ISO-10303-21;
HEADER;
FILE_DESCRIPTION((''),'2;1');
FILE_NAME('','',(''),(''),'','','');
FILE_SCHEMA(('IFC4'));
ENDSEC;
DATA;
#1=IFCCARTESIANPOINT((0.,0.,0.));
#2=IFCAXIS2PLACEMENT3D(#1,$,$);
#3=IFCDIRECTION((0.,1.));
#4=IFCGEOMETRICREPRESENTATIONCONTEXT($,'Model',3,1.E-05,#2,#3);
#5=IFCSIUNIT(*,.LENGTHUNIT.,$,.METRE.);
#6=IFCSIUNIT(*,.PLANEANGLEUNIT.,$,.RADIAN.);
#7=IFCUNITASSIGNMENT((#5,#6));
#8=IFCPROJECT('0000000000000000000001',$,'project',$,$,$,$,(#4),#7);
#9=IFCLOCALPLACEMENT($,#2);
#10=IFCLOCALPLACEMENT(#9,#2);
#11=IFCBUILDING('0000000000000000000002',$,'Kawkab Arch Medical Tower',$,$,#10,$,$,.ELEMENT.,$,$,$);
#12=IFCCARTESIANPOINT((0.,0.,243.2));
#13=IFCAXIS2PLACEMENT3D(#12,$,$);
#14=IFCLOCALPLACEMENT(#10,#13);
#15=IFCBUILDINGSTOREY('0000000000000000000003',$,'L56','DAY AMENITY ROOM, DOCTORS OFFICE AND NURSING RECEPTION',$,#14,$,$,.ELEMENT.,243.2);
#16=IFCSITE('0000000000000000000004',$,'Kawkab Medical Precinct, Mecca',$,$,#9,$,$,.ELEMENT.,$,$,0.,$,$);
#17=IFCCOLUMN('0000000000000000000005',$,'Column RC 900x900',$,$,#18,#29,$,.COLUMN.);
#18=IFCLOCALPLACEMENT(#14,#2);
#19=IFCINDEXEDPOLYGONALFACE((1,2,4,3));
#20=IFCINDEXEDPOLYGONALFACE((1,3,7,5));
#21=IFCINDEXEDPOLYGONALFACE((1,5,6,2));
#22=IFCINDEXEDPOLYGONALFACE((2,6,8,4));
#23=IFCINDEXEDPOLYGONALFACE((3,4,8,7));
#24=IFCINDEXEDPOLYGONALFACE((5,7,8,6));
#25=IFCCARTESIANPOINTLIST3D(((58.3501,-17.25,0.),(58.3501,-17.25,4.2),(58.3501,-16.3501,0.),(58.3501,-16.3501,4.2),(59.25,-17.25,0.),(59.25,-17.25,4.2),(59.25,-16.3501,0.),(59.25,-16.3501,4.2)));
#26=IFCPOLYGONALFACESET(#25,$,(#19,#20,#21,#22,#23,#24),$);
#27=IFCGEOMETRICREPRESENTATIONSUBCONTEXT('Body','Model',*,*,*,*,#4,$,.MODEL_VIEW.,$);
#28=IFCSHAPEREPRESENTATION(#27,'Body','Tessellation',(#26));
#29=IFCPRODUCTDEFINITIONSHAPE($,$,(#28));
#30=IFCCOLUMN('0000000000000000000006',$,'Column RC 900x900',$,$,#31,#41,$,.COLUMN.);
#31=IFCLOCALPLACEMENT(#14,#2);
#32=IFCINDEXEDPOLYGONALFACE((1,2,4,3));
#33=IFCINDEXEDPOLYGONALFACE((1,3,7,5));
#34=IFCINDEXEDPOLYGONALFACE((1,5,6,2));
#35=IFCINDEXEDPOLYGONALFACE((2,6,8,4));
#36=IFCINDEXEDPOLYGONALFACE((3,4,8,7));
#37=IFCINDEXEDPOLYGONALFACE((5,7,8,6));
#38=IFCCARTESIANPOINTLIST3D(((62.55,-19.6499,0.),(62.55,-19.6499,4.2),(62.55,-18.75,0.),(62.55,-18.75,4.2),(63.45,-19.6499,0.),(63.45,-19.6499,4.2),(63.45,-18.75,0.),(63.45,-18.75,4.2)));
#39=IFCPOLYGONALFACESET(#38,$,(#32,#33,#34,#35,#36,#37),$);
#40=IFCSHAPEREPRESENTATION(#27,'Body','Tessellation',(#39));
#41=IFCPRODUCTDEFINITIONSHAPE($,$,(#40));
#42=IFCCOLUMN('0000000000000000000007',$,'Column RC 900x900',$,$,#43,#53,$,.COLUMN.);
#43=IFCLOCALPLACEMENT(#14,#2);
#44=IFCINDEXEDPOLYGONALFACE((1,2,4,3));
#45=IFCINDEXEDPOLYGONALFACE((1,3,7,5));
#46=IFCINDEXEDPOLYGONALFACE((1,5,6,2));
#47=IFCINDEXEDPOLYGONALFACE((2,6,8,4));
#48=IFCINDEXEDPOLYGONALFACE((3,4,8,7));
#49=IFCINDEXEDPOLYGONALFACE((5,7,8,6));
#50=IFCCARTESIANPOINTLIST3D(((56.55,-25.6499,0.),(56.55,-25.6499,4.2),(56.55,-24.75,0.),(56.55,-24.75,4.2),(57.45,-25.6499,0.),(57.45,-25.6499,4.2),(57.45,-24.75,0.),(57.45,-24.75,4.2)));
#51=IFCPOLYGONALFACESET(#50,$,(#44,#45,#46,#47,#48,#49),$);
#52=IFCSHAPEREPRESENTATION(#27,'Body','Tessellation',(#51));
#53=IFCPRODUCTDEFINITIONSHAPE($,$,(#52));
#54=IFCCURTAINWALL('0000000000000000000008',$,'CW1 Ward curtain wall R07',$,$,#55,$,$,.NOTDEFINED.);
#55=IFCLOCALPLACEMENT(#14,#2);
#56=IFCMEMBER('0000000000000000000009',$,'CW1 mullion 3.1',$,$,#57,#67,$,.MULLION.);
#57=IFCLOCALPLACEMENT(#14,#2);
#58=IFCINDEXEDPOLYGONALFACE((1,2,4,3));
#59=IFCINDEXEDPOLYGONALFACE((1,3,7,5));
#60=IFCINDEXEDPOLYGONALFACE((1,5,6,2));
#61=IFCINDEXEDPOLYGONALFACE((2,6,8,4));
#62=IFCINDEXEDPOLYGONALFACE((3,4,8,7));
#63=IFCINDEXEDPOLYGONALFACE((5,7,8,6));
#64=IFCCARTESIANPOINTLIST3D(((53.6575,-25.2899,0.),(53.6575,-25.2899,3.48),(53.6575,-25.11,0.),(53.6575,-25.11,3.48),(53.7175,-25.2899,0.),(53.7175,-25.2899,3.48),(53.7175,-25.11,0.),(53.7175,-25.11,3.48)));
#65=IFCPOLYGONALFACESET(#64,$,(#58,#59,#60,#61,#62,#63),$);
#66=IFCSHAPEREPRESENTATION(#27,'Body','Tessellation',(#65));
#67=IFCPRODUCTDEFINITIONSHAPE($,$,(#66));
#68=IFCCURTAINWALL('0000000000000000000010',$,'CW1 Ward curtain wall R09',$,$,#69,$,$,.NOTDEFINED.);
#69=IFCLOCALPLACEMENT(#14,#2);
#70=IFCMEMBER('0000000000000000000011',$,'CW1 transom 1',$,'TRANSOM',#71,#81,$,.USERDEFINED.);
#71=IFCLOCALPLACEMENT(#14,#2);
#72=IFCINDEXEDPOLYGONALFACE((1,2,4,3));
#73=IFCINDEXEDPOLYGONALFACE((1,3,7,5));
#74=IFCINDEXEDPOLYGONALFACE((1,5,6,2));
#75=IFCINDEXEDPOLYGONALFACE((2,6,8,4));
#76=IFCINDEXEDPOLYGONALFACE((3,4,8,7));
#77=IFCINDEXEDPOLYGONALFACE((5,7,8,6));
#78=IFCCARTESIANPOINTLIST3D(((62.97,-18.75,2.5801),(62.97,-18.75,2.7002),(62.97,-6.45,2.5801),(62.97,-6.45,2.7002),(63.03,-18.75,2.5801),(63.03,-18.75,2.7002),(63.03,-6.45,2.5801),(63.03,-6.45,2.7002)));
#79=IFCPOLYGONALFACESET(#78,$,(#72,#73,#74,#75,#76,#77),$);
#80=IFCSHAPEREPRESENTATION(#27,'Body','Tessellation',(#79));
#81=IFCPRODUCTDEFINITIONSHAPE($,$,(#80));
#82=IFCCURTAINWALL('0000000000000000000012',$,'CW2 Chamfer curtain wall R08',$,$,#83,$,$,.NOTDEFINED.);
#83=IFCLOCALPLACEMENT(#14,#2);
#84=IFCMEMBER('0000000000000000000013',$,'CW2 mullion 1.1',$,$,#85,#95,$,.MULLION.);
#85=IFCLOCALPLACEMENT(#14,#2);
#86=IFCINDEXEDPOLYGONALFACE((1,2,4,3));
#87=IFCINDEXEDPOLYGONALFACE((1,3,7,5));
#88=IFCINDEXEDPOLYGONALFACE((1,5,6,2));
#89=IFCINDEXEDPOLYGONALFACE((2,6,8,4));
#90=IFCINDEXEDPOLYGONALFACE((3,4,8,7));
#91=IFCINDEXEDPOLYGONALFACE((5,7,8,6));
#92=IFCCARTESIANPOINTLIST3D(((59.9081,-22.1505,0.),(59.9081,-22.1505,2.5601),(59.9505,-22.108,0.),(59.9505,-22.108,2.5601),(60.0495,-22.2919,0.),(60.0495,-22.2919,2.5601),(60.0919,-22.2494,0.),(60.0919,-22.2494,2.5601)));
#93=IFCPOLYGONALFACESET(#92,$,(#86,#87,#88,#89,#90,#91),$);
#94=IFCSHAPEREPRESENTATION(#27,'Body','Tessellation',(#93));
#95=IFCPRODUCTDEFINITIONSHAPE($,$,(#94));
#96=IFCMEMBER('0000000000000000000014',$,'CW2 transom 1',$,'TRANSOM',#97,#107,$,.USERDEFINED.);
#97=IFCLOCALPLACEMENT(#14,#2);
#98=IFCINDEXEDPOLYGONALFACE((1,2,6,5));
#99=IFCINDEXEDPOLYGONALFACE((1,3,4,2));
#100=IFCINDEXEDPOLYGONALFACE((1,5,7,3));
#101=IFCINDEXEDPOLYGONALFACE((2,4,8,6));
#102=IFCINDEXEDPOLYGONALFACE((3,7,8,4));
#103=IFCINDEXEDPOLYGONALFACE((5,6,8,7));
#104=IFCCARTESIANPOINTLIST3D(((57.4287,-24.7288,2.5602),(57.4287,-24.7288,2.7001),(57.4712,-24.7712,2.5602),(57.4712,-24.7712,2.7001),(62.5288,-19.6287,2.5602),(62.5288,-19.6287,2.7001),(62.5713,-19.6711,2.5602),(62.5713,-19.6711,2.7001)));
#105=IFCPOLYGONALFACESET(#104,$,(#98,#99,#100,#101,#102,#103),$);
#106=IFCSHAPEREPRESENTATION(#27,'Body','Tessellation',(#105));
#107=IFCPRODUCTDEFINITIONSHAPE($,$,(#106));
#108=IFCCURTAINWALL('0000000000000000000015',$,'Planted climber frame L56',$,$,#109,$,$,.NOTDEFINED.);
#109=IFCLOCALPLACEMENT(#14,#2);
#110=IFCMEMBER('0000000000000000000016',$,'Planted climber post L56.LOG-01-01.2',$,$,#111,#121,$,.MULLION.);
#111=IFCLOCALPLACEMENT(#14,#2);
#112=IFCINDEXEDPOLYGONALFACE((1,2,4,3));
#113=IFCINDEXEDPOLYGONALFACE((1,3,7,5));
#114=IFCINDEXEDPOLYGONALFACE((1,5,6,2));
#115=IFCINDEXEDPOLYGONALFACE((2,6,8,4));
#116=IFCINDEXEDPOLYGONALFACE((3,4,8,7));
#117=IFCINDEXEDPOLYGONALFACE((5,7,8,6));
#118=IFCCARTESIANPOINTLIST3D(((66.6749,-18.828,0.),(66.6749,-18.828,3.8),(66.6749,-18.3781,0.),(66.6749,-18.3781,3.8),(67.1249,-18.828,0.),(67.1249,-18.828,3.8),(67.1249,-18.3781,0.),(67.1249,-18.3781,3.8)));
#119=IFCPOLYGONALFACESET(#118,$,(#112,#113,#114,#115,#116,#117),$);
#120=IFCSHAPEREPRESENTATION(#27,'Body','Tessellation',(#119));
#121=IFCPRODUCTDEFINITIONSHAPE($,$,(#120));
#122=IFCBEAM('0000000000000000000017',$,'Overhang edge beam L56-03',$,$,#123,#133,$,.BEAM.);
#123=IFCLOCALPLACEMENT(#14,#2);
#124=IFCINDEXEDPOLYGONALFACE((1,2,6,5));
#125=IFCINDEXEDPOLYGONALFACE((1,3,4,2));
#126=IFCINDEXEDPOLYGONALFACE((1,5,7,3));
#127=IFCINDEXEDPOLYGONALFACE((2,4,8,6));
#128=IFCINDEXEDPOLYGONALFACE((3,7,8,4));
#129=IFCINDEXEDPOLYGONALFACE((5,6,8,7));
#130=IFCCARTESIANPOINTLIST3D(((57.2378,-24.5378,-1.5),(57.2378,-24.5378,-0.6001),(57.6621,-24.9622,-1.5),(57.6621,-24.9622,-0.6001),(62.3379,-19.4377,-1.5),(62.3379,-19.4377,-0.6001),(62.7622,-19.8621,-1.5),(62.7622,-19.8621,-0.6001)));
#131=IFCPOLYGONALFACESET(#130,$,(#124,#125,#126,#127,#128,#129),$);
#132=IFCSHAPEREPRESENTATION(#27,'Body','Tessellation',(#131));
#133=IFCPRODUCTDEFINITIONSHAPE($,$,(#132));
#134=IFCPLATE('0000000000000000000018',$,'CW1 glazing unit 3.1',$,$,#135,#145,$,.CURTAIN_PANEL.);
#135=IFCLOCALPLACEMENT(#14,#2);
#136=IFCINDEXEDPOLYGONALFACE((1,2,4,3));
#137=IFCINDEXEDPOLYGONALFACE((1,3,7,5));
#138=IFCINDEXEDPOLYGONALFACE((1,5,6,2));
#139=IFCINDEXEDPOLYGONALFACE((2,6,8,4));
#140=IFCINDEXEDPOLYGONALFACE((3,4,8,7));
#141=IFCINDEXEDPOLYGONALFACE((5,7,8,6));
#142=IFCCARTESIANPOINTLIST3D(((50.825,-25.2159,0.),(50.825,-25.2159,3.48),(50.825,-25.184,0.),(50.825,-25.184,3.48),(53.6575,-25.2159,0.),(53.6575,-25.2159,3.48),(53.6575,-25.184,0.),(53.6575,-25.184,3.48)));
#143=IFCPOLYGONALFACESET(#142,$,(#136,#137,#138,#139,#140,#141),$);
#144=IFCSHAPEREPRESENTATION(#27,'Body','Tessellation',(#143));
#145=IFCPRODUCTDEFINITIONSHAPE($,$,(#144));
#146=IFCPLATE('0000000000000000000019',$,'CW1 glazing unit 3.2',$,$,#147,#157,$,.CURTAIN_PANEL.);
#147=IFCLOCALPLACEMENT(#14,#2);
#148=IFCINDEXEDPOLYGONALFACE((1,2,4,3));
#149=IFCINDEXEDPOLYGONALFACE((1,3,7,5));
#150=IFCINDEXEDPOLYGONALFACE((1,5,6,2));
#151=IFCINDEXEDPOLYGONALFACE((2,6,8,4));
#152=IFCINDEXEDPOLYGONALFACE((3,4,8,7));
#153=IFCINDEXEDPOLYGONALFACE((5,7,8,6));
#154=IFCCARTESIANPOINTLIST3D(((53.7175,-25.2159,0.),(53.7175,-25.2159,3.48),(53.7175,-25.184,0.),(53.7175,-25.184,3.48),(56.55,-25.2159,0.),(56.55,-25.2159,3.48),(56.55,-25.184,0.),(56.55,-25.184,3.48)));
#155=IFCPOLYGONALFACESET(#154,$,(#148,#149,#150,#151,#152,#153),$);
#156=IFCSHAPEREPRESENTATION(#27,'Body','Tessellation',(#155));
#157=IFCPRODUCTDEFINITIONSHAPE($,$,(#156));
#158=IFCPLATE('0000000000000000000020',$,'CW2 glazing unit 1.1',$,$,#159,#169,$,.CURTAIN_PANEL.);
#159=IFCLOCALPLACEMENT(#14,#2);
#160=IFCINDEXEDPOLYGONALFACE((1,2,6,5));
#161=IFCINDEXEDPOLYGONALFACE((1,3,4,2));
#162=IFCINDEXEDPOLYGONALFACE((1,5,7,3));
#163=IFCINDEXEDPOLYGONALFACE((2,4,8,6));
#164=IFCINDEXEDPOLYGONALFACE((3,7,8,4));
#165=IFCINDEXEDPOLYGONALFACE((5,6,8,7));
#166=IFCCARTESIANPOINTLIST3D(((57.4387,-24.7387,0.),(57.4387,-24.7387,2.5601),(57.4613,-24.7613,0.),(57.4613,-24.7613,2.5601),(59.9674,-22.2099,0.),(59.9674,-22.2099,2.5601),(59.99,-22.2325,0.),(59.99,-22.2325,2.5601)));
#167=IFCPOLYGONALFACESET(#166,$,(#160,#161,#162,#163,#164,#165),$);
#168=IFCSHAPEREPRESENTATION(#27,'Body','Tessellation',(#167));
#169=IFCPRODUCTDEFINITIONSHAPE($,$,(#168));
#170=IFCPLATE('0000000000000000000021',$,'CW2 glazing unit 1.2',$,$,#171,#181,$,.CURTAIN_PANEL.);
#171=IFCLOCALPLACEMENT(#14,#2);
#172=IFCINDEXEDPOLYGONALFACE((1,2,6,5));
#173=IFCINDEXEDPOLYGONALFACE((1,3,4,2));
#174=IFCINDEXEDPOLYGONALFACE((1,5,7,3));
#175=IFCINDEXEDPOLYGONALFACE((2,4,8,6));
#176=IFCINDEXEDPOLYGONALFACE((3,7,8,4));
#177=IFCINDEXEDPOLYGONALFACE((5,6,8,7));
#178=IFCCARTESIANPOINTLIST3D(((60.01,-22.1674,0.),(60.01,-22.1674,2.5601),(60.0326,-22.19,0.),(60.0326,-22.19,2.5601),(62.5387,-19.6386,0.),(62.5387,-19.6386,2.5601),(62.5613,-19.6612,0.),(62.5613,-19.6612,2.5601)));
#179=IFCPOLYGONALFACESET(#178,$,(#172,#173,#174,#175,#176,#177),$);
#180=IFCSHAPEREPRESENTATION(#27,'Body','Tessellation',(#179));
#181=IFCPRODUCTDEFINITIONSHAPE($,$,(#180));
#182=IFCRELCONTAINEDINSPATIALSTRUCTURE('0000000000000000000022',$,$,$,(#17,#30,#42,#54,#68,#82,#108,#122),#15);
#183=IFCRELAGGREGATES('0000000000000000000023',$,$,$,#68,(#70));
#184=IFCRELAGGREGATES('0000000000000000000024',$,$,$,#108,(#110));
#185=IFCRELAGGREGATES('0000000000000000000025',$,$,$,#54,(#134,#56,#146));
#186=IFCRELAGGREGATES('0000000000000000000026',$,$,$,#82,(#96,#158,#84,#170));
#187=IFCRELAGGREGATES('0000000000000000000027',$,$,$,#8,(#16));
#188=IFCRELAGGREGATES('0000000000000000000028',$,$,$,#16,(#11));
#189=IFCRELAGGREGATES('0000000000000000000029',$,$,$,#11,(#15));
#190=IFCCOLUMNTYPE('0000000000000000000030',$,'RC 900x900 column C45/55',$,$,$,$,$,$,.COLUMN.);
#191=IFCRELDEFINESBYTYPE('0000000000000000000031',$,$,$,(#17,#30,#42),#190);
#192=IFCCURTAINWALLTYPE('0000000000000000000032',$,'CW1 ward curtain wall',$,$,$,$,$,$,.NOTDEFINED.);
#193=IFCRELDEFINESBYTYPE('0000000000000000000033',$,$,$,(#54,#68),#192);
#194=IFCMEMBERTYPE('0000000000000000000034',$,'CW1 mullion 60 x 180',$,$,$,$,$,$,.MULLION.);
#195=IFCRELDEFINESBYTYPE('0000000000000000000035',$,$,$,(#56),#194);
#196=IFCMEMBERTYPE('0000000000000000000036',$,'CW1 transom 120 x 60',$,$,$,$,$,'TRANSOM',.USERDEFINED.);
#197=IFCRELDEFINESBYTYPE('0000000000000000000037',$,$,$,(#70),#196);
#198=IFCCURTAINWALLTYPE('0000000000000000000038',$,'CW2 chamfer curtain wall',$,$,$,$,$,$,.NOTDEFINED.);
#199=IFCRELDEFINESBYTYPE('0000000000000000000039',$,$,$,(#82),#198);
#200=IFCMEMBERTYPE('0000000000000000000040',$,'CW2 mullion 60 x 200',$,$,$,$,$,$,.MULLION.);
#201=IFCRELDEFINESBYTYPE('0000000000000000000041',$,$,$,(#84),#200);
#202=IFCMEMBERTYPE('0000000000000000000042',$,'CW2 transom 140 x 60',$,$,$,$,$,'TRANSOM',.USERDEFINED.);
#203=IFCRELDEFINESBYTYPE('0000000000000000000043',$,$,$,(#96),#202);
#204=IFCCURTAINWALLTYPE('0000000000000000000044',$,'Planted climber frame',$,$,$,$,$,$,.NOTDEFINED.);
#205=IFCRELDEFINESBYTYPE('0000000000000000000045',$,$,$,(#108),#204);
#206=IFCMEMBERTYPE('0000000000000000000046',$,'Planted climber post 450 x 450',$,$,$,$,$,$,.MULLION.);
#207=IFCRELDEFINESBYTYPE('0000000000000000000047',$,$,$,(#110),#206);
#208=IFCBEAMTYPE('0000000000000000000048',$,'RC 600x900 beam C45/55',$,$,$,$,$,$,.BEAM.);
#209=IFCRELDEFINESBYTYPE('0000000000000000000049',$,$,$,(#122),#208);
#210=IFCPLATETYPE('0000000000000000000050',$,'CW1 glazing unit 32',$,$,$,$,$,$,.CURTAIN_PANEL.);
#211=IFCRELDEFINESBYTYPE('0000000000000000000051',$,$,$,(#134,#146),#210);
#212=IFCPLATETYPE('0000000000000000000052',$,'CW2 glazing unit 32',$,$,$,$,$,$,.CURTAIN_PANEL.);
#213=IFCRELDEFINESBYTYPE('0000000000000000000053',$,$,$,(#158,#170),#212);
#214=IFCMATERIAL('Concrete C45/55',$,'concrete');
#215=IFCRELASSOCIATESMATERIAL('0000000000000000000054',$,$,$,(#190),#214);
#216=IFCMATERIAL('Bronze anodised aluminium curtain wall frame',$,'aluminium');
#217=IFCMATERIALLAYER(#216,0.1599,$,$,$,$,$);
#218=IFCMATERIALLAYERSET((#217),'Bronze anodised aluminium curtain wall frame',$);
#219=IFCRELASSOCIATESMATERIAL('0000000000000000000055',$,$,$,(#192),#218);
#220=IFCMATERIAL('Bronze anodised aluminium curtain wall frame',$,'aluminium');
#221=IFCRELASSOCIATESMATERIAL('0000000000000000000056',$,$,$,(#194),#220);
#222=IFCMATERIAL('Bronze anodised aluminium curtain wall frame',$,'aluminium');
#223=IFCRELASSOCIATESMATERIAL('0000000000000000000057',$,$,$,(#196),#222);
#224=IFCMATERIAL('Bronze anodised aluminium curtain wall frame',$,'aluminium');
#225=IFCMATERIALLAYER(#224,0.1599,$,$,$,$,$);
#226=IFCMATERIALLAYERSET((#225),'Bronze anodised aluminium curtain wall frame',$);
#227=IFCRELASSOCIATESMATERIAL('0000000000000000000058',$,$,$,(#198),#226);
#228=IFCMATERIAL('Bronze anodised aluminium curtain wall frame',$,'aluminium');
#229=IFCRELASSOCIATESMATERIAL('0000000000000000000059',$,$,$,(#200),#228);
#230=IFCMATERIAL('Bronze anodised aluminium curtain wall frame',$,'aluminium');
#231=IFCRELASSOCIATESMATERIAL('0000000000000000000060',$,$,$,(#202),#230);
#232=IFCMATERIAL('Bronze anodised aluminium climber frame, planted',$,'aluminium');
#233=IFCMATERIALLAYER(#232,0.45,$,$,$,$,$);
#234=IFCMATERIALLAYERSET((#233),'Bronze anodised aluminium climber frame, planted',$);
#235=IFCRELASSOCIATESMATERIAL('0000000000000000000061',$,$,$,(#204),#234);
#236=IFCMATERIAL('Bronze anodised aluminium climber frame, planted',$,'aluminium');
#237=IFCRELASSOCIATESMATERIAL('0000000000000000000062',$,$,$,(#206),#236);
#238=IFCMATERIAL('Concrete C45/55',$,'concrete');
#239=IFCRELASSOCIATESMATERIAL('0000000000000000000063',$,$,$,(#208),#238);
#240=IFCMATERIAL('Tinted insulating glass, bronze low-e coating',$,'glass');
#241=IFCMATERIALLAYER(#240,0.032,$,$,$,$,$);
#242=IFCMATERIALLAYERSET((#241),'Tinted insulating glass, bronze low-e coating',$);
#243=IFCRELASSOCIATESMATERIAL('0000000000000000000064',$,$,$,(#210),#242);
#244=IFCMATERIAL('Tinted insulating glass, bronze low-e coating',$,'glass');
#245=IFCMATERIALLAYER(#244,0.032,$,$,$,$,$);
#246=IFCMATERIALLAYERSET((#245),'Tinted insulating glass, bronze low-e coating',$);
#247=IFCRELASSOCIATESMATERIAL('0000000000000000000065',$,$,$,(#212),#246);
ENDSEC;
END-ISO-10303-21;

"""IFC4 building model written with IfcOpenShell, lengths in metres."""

from ifc_helpers import new_model, si_unit, direction, frame, origin, origin_2d, place, context, subcontext, project, spatial, rectangle, extrude, material, layer, layer_set, material_profile, profile_set, type_object, element, aggregate, save


model = new_model("IFC4")

# Units and contexts
model_context = context("Model", 3, precision=1e-05, world=origin(), true_north=direction((0.0, 1.0)))
body_context = subcontext(model_context, "Body", "Model", "MODEL_VIEW")
ifc_project = project(units=[si_unit("LENGTHUNIT", "METRE"), si_unit("PLANEANGLEUNIT", "RADIAN")], contexts=[model_context])

# Site, building, storey
site_placement = place(None, origin())
site = spatial("IfcSite", under=ifc_project, at=site_placement, Name="Kawkab Medical Precinct, Mecca", CompositionType="ELEMENT", RefElevation=0.0)
building_placement = place(site_placement, origin())
building = spatial("IfcBuilding", under=site, at=building_placement, Name="Kawkab Arch Medical Tower", CompositionType="ELEMENT")
storey_placement = place(building_placement, frame((0.0, 0.0, 243.2)))
storey = spatial("IfcBuildingStorey", under=building, at=storey_placement, Name="L56", Description="DAY AMENITY ROOM, DOCTORS OFFICE AND NURSING RECEPTION", CompositionType="ELEMENT", Elevation=243.2)

# Columns
ifc_material_1 = material(Name="Concrete C45/55", Category="concrete")
ifc_material_profile_1 = material_profile(ifc_material_1, rectangle(XDim=0.8999, YDim=0.8999, at=origin_2d()), Name="RC 900x900")
ifc_profile_set_1 = profile_set([ifc_material_profile_1], Name="Concrete C45/55")
column_type = type_object("IfcColumnType", Name="RC 900x900 column C45/55", PredefinedType="COLUMN", material=ifc_profile_set_1)
for number, where, z_axis, x_axis, name in (
    (1, (58.8, -16.8, 0.0), (0.0, 0.0, 1.0), (1.0, 0.0, 0.0), "Column RC 900x900"),
    (2, (63.0, -19.2, 0.0), (0.0, 0.0, 1.0), (1.0, 0.0, 0.0), "Column RC 900x900"),
    (3, (57.0, -25.2, 0.0), (0.0, 0.0, 1.0), (1.0, 0.0, 0.0), "Column RC 900x900"),
):
    element("IfcColumn", number, at=place(storey_placement, frame(where, z_axis=z_axis, x_axis=x_axis)), inside=storey, type_object=column_type, Name=name, PredefinedType="COLUMN", context=body_context, shape_type="SweptSolid", body=[
        extrude(rectangle(XDim=0.8999, YDim=0.8999, at=origin_2d()), origin(), (0.0, 0.0, 1.0), 4.2),
    ])

# Curtain walls, members
ifc_material_2 = material(Name="Bronze anodised aluminium curtain wall frame", Category="aluminium")
ifc_layer_1 = layer(ifc_material_2, 0.1599)
ifc_layer_set_1 = layer_set([ifc_layer_1], Name="Bronze anodised aluminium curtain wall frame")
curtain_wall_type_1 = type_object("IfcCurtainWallType", Name="CW1 ward curtain wall", PredefinedType="NOTDEFINED", material=ifc_layer_set_1)
placement = place(storey_placement, origin())
curtain_wall_1 = element("IfcCurtainWall", 4, at=placement, inside=storey, type_object=curtain_wall_type_1, Name="CW1 Ward curtain wall R07", PredefinedType="NOTDEFINED")
ifc_material_3 = material(Name="Bronze anodised aluminium curtain wall frame", Category="aluminium")
ifc_material_profile_2 = material_profile(ifc_material_3, rectangle(XDim=0.1799, YDim=0.0601, at=origin_2d()), Name="AL 60x180")
ifc_profile_set_2 = profile_set([ifc_material_profile_2], Name="Bronze anodised aluminium curtain wall frame")
member_type_1 = type_object("IfcMemberType", Name="CW1 mullion 60 x 180", PredefinedType="MULLION", material=ifc_profile_set_2)
member_1_placement = place(storey_placement, frame((53.6875, -25.2, 0.0), z_axis=(0.0, 0.0, 1.0), x_axis=(0.0, 1.0, 0.0)))
member_1 = element("IfcMember", 5, at=member_1_placement, type_object=member_type_1, Name="CW1 mullion 3.1", PredefinedType="MULLION", context=body_context, shape_type="SweptSolid", body=[
    extrude(rectangle(XDim=0.1799, YDim=0.0601, at=origin_2d()), origin(), (0.0, 0.0, 1.0), 3.48),
])
curtain_wall_2 = element("IfcCurtainWall", 6, at=placement, inside=storey, type_object=curtain_wall_type_1, Name="CW1 Ward curtain wall R09", PredefinedType="NOTDEFINED")
ifc_material_4 = material(Name="Bronze anodised aluminium curtain wall frame", Category="aluminium")
ifc_material_profile_3 = material_profile(ifc_material_4, rectangle(XDim=0.0601, YDim=0.1201, at=origin_2d()), Name="AL 60x120")
ifc_profile_set_3 = profile_set([ifc_material_profile_3], Name="Bronze anodised aluminium curtain wall frame")
member_type_2 = type_object("IfcMemberType", Name="CW1 transom 120 x 60", ElementType="TRANSOM", PredefinedType="USERDEFINED", material=ifc_profile_set_3)
member_2_placement = place(storey_placement, frame((63.0, -18.75, 2.6401), z_axis=(0.0, 1.0, 0.0), x_axis=(-1.0, 0.0, 0.0)))
member_2 = element("IfcMember", 7, at=member_2_placement, type_object=member_type_2, Name="CW1 transom 1", ObjectType="TRANSOM", PredefinedType="USERDEFINED", context=body_context, shape_type="SweptSolid", body=[
    extrude(rectangle(XDim=0.0601, YDim=0.1201, at=origin_2d()), origin(), (0.0, 0.0, 1.0), 12.3),
])
aggregate(curtain_wall_2, [member_2])

# Curtain wall, members
ifc_material_5 = material(Name="Bronze anodised aluminium curtain wall frame", Category="aluminium")
ifc_layer_2 = layer(ifc_material_5, 0.1599)
ifc_layer_set_2 = layer_set([ifc_layer_2], Name="Bronze anodised aluminium curtain wall frame")
curtain_wall_type_2 = type_object("IfcCurtainWallType", Name="CW2 chamfer curtain wall", PredefinedType="NOTDEFINED", material=ifc_layer_set_2)
curtain_wall_3 = element("IfcCurtainWall", 8, at=placement, inside=storey, type_object=curtain_wall_type_2, Name="CW2 Chamfer curtain wall R08", PredefinedType="NOTDEFINED")
ifc_material_6 = material(Name="Bronze anodised aluminium curtain wall frame", Category="aluminium")
ifc_material_profile_4 = material_profile(ifc_material_6, rectangle(XDim=0.2, YDim=0.0601, at=origin_2d()), Name="AL 60x200")
ifc_profile_set_4 = profile_set([ifc_material_profile_4], Name="Bronze anodised aluminium curtain wall frame")
member_type_3 = type_object("IfcMemberType", Name="CW2 mullion 60 x 200", PredefinedType="MULLION", material=ifc_profile_set_4)
member_3_placement = place(storey_placement, frame((60.0, -22.2, 0.0), z_axis=(0.0, 0.0, 1.0), x_axis=(-0.707107, 0.707107, 0.0)))
member_3 = element("IfcMember", 9, at=member_3_placement, type_object=member_type_3, Name="CW2 mullion 1.1", PredefinedType="MULLION", context=body_context, shape_type="SweptSolid", body=[
    extrude(rectangle(XDim=0.2, YDim=0.0601, at=origin_2d()), origin(), (0.0, 0.0, 1.0), 2.5601),
])
ifc_material_7 = material(Name="Bronze anodised aluminium curtain wall frame", Category="aluminium")
ifc_material_profile_5 = material_profile(ifc_material_7, rectangle(XDim=0.0601, YDim=0.1399, at=origin_2d()), Name="AL 60x140")
ifc_profile_set_5 = profile_set([ifc_material_profile_5], Name="Bronze anodised aluminium curtain wall frame")
member_type_4 = type_object("IfcMemberType", Name="CW2 transom 140 x 60", ElementType="TRANSOM", PredefinedType="USERDEFINED", material=ifc_profile_set_5)
member_4_placement = place(storey_placement, frame((57.45, -24.75, 2.6301), z_axis=(0.707107, 0.707107, 0.0), x_axis=(-0.707107, 0.707107, 0.0)))
member_4 = element("IfcMember", 10, at=member_4_placement, type_object=member_type_4, Name="CW2 transom 1", ObjectType="TRANSOM", PredefinedType="USERDEFINED", context=body_context, shape_type="SweptSolid", body=[
    extrude(rectangle(XDim=0.0601, YDim=0.1399, at=origin_2d()), origin(), (0.0, 0.0, 1.0), 7.2126),
])

# Curtain wall, member
ifc_material_8 = material(Name="Bronze anodised aluminium climber frame, planted", Category="aluminium")
ifc_layer_3 = layer(ifc_material_8, 0.45)
ifc_layer_set_3 = layer_set([ifc_layer_3], Name="Bronze anodised aluminium climber frame, planted")
curtain_wall_type_3 = type_object("IfcCurtainWallType", Name="Planted climber frame", PredefinedType="NOTDEFINED", material=ifc_layer_set_3)
curtain_wall_4 = element("IfcCurtainWall", 11, at=placement, inside=storey, type_object=curtain_wall_type_3, Name="Planted climber frame L56", PredefinedType="NOTDEFINED")
ifc_material_9 = material(Name="Bronze anodised aluminium climber frame, planted", Category="aluminium")
ifc_material_profile_6 = material_profile(ifc_material_9, rectangle(XDim=0.45, YDim=0.45, at=origin_2d()), Name="Post 450x450")
ifc_profile_set_6 = profile_set([ifc_material_profile_6], Name="Bronze anodised aluminium climber frame, planted")
member_type_5 = type_object("IfcMemberType", Name="Planted climber post 450 x 450", PredefinedType="MULLION", material=ifc_profile_set_6)
member_5_placement = place(storey_placement, frame((66.8999, -18.603, 0.0), z_axis=(0.0, 0.0, 1.0), x_axis=(1.0, 0.0, 0.0)))
member_5 = element("IfcMember", 12, at=member_5_placement, type_object=member_type_5, Name="Planted climber post L56.LOG-01-01.2", PredefinedType="MULLION", context=body_context, shape_type="SweptSolid", body=[
    extrude(rectangle(XDim=0.45, YDim=0.45, at=origin_2d()), origin(), (0.0, 0.0, 1.0), 3.8),
])
aggregate(curtain_wall_4, [member_5])

# Beam
ifc_material_10 = material(Name="Concrete C45/55", Category="concrete")
ifc_material_profile_7 = material_profile(ifc_material_10, rectangle(XDim=0.6001, YDim=0.8999, at=origin_2d()), Name="RC 600x900")
ifc_profile_set_7 = profile_set([ifc_material_profile_7], Name="Concrete C45/55")
beam_type = type_object("IfcBeamType", Name="RC 600x900 beam C45/55", PredefinedType="BEAM", material=ifc_profile_set_7)
beam_placement = place(storey_placement, frame((62.55, -19.6499, -1.05), z_axis=(-0.707107, -0.707107, 0.0), x_axis=(0.707107, -0.707107, 0.0)))
element("IfcBeam", 13, at=beam_placement, inside=storey, type_object=beam_type, Name="Overhang edge beam L56-03", PredefinedType="BEAM", context=body_context, shape_type="SweptSolid", body=[
    extrude(rectangle(XDim=0.6001, YDim=0.8999, at=origin_2d()), origin(), (0.0, 0.0, 1.0), 7.2126),
])

# Plates
ifc_material_11 = material(Name="Tinted insulating glass, bronze low-e coating", Category="glass")
ifc_layer_4 = layer(ifc_material_11, 0.032)
ifc_layer_set_4 = layer_set([ifc_layer_4], Name="Tinted insulating glass, bronze low-e coating")
plate_type_1 = type_object("IfcPlateType", Name="CW1 glazing unit 32", PredefinedType="CURTAIN_PANEL", material=ifc_layer_set_4)
plate_1_placement = place(storey_placement, frame((52.2412, -25.2, 0.0), z_axis=(0.0, 0.0, 1.0), x_axis=(1.0, 0.0, 0.0)))
plate_1 = element("IfcPlate", 14, at=plate_1_placement, type_object=plate_type_1, Name="CW1 glazing unit 3.1", PredefinedType="CURTAIN_PANEL", context=body_context, shape_type="SweptSolid", body=[
    extrude(rectangle(XDim=2.8325, YDim=0.032, at=origin_2d()), origin(), (0.0, 0.0, 1.0), 3.48),
])
plate_2_placement = place(storey_placement, frame((55.1338, -25.2, 0.0), z_axis=(0.0, 0.0, 1.0), x_axis=(1.0, 0.0, 0.0)))
plate_2 = element("IfcPlate", 15, at=plate_2_placement, type_object=plate_type_1, Name="CW1 glazing unit 3.2", PredefinedType="CURTAIN_PANEL", context=body_context, shape_type="SweptSolid", body=[
    extrude(rectangle(XDim=2.8325, YDim=0.032, at=origin_2d()), origin(), (0.0, 0.0, 1.0), 3.48),
])
aggregate(curtain_wall_1, [plate_1, member_1, plate_2])
ifc_material_12 = material(Name="Tinted insulating glass, bronze low-e coating", Category="glass")
ifc_layer_5 = layer(ifc_material_12, 0.032)
ifc_layer_set_5 = layer_set([ifc_layer_5], Name="Tinted insulating glass, bronze low-e coating")
plate_type_2 = type_object("IfcPlateType", Name="CW2 glazing unit 32", PredefinedType="CURTAIN_PANEL", material=ifc_layer_set_5)
plate_3_placement = place(storey_placement, frame((58.7144, -23.4856, 0.0), z_axis=(0.0, 0.0, 1.0), x_axis=(0.707107, 0.707107, 0.0)))
plate_3 = element("IfcPlate", 16, at=plate_3_placement, type_object=plate_type_2, Name="CW2 glazing unit 1.1", PredefinedType="CURTAIN_PANEL", context=body_context, shape_type="SweptSolid", body=[
    extrude(rectangle(XDim=3.5762, YDim=0.032, at=origin_2d()), origin(), (0.0, 0.0, 1.0), 2.5601),
])
plate_4_placement = place(storey_placement, frame((61.2856, -20.9143, 0.0), z_axis=(0.0, 0.0, 1.0), x_axis=(0.707107, 0.707107, 0.0)))
plate_4 = element("IfcPlate", 17, at=plate_4_placement, type_object=plate_type_2, Name="CW2 glazing unit 1.2", PredefinedType="CURTAIN_PANEL", context=body_context, shape_type="SweptSolid", body=[
    extrude(rectangle(XDim=3.5762, YDim=0.032, at=origin_2d()), origin(), (0.0, 0.0, 1.0), 2.5601),
])
aggregate(curtain_wall_3, [member_4, plate_3, member_3, plate_4])

save(model, "model.ifc")
